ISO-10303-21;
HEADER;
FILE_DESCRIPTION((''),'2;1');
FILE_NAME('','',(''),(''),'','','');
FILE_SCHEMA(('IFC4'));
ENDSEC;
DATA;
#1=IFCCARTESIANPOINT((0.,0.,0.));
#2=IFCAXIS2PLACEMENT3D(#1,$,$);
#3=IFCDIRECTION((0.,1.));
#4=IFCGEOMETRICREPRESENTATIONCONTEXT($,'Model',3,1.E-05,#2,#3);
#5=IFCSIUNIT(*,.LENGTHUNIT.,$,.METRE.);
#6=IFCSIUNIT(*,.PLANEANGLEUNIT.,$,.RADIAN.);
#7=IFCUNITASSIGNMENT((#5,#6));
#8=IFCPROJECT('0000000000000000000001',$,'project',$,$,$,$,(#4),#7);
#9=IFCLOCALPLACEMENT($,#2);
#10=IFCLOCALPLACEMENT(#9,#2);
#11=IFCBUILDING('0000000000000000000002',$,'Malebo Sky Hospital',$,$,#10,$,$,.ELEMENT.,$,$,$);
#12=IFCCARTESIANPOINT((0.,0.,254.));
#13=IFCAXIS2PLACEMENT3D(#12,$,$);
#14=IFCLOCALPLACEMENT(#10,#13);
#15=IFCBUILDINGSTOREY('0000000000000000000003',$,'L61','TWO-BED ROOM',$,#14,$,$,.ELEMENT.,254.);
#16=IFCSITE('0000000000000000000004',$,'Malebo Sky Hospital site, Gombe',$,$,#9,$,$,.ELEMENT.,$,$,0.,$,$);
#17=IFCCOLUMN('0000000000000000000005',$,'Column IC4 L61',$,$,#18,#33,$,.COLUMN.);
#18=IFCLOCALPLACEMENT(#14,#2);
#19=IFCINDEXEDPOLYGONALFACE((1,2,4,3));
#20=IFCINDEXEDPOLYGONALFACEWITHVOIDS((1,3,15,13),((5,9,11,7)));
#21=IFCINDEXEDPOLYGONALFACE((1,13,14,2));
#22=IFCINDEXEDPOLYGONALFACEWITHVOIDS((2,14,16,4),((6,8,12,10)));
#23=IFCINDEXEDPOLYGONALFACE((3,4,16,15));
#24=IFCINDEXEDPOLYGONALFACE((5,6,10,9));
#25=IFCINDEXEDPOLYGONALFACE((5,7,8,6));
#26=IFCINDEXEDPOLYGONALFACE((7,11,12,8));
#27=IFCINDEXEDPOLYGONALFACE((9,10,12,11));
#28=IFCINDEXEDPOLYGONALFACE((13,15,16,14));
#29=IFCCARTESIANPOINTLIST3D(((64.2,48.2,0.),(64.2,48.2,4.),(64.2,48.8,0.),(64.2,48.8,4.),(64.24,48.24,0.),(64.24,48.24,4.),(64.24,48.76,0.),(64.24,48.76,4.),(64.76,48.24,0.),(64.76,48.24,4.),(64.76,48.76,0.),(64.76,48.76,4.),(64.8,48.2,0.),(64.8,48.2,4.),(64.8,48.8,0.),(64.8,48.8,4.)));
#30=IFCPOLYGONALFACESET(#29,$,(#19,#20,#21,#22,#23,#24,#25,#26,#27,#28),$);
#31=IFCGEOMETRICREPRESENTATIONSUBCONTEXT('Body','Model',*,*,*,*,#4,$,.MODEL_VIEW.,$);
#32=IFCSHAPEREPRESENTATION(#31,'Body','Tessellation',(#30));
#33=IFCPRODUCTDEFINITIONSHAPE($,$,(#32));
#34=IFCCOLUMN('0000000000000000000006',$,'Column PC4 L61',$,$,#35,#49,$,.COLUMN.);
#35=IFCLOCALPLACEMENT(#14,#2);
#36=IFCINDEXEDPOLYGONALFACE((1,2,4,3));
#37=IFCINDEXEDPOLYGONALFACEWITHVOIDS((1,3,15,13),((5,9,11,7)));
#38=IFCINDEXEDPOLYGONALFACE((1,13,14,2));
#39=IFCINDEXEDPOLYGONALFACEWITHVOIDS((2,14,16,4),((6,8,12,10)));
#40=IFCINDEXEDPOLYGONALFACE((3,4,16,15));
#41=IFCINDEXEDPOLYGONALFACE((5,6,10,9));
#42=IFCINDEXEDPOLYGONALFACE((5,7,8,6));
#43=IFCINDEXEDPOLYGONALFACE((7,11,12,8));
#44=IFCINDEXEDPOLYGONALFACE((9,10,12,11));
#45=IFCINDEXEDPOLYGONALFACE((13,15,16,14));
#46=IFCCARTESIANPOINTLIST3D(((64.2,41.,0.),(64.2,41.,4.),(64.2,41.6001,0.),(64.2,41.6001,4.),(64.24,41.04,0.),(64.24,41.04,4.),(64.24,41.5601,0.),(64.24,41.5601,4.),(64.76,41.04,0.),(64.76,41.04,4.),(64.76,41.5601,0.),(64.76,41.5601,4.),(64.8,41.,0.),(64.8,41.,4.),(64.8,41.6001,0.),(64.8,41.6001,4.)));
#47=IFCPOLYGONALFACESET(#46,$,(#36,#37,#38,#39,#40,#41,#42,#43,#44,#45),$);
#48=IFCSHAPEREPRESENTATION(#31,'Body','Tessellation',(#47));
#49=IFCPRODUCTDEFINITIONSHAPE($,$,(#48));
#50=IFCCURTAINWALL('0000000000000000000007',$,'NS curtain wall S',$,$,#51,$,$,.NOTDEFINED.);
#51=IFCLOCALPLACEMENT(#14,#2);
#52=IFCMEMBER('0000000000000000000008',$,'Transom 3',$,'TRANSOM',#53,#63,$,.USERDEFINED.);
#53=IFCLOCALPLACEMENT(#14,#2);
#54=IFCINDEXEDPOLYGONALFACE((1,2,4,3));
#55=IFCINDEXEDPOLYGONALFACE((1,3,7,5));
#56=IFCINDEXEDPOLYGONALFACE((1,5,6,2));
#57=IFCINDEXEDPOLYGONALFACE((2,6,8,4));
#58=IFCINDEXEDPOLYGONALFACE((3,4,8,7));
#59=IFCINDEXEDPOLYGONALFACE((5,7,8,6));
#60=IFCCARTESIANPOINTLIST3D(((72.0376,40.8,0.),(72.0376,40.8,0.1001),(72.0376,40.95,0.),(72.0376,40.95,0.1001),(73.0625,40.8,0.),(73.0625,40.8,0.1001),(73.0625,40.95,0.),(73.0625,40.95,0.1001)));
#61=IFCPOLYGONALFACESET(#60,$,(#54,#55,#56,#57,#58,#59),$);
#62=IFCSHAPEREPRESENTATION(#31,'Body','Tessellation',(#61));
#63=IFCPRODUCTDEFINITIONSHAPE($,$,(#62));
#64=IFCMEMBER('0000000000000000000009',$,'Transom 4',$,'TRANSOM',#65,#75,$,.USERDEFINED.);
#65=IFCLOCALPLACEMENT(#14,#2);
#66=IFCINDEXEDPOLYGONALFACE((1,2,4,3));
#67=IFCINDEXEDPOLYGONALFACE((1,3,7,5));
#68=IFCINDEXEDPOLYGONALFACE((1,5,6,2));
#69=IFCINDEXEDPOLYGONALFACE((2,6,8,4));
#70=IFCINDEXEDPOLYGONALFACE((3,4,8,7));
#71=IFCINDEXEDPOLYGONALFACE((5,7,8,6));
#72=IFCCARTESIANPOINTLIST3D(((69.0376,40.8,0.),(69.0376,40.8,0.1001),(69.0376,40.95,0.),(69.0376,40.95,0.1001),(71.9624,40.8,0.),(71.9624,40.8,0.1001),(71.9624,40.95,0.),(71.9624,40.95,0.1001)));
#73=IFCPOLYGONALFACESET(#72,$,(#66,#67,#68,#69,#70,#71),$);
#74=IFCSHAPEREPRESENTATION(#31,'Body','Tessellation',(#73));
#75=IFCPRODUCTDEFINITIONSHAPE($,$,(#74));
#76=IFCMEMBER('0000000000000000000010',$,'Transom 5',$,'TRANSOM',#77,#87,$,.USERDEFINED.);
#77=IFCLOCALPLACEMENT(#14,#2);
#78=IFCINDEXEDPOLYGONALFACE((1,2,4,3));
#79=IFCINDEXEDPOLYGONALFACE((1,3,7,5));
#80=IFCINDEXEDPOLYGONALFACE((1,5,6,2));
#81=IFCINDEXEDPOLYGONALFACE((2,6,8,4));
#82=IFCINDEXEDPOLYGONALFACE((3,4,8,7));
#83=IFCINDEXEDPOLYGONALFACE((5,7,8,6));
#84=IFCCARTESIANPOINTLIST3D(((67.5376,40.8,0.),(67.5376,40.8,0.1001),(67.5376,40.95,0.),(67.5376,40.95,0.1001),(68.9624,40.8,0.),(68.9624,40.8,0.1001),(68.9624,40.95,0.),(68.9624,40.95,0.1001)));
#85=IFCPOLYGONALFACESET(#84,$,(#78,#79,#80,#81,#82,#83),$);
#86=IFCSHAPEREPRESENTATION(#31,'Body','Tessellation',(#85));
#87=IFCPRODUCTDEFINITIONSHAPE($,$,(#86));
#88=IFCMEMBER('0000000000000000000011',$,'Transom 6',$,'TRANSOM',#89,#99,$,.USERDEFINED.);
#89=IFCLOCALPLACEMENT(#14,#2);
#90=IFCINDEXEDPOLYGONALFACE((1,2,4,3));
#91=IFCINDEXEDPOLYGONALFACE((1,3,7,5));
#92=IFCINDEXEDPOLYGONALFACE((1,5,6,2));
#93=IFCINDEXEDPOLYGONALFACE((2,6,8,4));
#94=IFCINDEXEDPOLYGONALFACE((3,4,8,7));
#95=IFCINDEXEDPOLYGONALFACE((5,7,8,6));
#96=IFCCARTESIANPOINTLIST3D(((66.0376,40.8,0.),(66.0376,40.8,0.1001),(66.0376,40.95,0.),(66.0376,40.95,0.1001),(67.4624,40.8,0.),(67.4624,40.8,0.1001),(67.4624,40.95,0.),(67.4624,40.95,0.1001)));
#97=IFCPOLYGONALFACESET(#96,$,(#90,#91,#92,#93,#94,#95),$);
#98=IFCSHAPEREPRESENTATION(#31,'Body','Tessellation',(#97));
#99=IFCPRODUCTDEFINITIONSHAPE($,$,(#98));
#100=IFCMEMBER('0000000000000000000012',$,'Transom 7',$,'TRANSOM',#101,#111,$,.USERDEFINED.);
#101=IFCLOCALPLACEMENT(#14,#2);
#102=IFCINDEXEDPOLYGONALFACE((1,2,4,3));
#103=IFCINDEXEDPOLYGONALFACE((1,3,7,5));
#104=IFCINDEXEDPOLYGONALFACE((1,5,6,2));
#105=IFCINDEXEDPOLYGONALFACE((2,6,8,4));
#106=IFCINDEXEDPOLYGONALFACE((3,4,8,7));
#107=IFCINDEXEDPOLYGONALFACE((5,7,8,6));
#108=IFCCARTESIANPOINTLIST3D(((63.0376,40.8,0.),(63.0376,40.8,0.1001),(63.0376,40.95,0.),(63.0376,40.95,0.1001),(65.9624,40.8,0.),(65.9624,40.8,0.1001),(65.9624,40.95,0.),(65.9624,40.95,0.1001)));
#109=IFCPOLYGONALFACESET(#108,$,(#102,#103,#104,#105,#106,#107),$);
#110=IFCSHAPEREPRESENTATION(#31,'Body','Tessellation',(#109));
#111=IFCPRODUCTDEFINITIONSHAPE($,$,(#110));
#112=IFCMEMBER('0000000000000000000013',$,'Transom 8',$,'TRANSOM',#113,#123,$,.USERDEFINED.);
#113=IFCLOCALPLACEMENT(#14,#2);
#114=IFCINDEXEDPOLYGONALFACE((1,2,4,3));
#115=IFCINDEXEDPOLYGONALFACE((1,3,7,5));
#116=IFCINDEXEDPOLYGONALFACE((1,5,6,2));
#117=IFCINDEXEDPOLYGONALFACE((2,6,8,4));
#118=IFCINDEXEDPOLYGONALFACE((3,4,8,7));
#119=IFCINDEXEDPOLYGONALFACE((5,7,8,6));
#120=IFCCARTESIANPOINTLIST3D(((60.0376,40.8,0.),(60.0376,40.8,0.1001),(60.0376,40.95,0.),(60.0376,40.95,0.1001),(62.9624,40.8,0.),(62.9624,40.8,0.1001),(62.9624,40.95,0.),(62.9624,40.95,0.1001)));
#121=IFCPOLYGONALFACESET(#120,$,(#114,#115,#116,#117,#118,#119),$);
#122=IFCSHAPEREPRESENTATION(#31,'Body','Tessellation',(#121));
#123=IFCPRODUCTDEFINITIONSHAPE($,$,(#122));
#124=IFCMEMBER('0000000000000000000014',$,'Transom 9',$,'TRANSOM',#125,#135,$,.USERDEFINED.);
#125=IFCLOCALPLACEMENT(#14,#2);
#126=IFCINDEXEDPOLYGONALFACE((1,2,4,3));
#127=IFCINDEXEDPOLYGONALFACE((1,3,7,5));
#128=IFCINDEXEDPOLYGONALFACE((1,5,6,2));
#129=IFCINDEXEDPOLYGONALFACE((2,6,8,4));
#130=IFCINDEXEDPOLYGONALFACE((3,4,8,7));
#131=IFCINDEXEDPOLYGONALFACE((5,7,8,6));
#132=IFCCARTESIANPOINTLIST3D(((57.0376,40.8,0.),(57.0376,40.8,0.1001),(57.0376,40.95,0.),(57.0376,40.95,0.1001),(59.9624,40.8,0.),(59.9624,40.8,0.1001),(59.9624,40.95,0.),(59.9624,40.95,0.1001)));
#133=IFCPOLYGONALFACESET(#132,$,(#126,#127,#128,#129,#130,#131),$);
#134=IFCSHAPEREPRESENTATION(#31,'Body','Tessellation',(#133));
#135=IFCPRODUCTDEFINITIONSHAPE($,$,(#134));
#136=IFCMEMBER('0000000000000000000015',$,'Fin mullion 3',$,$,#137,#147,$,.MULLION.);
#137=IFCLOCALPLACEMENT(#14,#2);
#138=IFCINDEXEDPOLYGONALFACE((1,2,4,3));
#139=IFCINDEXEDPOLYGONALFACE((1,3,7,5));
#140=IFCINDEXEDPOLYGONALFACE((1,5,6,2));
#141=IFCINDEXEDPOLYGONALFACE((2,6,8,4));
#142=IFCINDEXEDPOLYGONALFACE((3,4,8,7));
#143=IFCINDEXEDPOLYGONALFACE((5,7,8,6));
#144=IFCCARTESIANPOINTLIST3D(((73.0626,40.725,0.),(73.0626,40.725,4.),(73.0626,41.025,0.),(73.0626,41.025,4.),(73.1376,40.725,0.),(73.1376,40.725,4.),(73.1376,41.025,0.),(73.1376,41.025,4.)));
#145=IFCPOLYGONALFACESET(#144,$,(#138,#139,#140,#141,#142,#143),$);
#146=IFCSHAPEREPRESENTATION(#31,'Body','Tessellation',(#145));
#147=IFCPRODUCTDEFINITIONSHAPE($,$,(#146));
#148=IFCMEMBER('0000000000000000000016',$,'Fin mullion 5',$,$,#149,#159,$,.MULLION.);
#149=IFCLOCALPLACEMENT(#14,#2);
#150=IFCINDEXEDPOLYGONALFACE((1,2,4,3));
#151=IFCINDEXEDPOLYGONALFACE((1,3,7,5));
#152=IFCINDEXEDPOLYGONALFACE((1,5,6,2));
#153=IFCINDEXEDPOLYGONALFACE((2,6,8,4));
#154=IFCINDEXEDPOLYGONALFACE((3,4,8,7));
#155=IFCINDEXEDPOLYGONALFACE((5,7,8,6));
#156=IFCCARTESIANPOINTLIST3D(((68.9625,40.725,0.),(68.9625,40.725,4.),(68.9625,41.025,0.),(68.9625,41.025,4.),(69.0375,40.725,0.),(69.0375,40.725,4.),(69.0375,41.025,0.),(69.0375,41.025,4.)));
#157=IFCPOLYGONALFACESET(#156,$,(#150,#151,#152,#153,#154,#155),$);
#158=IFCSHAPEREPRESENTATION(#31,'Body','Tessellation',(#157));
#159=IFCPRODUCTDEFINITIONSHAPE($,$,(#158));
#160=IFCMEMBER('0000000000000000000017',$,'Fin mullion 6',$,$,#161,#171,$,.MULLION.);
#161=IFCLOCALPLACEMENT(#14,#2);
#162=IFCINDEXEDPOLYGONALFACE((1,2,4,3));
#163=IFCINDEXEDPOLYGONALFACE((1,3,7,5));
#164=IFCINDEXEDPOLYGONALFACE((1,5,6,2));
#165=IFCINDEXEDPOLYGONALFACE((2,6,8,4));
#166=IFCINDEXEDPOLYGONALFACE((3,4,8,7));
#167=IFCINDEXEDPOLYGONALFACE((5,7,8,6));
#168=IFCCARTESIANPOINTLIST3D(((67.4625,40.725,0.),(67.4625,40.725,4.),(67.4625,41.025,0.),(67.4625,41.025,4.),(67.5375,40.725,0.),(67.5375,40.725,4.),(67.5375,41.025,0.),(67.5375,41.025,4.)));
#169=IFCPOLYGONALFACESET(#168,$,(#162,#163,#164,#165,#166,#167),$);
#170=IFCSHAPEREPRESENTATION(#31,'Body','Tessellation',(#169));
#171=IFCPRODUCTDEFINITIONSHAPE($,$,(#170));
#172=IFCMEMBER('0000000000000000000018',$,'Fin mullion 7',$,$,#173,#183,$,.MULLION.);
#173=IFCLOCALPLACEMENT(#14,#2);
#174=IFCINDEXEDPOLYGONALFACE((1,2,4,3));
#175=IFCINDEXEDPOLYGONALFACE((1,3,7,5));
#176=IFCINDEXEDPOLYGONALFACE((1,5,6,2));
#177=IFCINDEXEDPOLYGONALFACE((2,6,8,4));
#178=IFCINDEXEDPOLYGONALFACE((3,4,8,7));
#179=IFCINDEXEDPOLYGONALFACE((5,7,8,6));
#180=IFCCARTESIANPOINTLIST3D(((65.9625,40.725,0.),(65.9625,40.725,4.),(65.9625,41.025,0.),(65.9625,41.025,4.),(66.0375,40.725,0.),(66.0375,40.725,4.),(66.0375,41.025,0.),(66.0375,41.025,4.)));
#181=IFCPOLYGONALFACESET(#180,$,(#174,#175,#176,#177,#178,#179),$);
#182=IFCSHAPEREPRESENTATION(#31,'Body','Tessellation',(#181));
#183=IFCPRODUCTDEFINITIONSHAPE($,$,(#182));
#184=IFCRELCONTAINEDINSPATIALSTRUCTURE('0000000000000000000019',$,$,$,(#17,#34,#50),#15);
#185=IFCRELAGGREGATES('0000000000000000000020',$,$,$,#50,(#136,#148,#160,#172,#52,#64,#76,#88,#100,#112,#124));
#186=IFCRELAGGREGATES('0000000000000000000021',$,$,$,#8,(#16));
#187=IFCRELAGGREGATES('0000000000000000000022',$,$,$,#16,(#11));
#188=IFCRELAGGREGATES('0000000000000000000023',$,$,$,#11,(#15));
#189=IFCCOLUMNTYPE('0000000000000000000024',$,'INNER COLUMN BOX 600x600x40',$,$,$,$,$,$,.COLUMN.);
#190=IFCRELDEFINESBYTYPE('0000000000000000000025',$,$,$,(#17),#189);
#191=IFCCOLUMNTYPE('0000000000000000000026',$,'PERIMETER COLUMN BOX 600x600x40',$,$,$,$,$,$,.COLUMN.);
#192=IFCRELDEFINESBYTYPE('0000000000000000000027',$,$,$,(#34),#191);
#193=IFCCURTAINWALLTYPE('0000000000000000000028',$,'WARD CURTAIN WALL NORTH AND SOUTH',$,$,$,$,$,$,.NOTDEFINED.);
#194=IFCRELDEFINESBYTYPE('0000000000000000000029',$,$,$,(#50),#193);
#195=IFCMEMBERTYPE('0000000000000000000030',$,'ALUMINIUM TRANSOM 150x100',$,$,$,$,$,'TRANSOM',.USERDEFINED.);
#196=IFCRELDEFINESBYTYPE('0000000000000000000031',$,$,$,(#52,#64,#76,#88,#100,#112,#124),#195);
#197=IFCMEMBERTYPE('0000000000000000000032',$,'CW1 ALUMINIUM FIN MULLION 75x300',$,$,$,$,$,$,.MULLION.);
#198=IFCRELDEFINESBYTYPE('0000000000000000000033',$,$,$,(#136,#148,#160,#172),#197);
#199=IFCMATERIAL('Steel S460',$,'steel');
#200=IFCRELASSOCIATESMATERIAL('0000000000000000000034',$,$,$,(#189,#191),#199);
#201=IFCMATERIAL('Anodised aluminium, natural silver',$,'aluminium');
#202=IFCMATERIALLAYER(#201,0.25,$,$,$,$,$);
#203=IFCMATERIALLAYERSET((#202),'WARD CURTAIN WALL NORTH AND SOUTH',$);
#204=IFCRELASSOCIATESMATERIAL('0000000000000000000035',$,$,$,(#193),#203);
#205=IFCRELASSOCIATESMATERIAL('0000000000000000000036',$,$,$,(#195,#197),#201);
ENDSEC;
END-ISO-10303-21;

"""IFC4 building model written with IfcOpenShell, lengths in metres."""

from ifc_helpers import new_model, si_unit, direction, frame, origin, origin_2d, place, context, subcontext, project, spatial, rectangle, hollow_rectangle, extrude, material, layer, layer_set, material_profile, profile_set, type_object, element, aggregate, save


model = new_model("IFC4")

# Units and contexts
model_context = context("Model", 3, precision=1e-05, world=origin(), true_north=direction((0.0, 1.0)))
body_context = subcontext(model_context, "Body", "Model", "MODEL_VIEW")
ifc_project = project(units=[si_unit("LENGTHUNIT", "METRE"), si_unit("PLANEANGLEUNIT", "RADIAN")], contexts=[model_context])

# Site, building, storey
site_placement = place(None, origin())
site = spatial("IfcSite", under=ifc_project, at=site_placement, Name="Malebo Sky Hospital site, Gombe", CompositionType="ELEMENT", RefElevation=0.0)
building_placement = place(site_placement, origin())
building = spatial("IfcBuilding", under=site, at=building_placement, Name="Malebo Sky Hospital", CompositionType="ELEMENT")
storey_placement = place(building_placement, frame((0.0, 0.0, 254.0)))
storey = spatial("IfcBuildingStorey", under=building, at=storey_placement, Name="L61", Description="TWO-BED ROOM", CompositionType="ELEMENT", Elevation=254.0)

# Columns
ifc_material_1 = material(Name="Steel S460", Category="steel")
ifc_material_profile_1 = material_profile(ifc_material_1, hollow_rectangle(XDim=0.6001, YDim=0.6001, WallThickness=0.04, at=origin_2d()), Name="BOX 600x600x40")
ifc_profile_set_1 = profile_set([ifc_material_profile_1], Name="Steel S460")
column_type_1 = type_object("IfcColumnType", Name="INNER COLUMN BOX 600x600x40", PredefinedType="COLUMN", material=ifc_profile_set_1)
column_1_placement = place(storey_placement, frame((64.5, 48.5, 0.0), z_axis=(0.0, 0.0, 1.0), x_axis=(1.0, 0.0, 0.0)))
element("IfcColumn", 1, at=column_1_placement, inside=storey, type_object=column_type_1, Name="Column IC4 L61", PredefinedType="COLUMN", context=body_context, shape_type="SweptSolid", body=[
    extrude(hollow_rectangle(XDim=0.6001, YDim=0.6001, WallThickness=0.04, at=origin_2d()), origin(), (0.0, 0.0, 1.0), 4.0),
])
ifc_material_profile_2 = material_profile(ifc_material_1, hollow_rectangle(XDim=0.6001, YDim=0.6001, WallThickness=0.04, at=origin_2d()), Name="BOX 600x600x40")
ifc_profile_set_2 = profile_set([ifc_material_profile_2], Name="Steel S460")
column_type_2 = type_object("IfcColumnType", Name="PERIMETER COLUMN BOX 600x600x40", PredefinedType="COLUMN", material=ifc_profile_set_2)
column_2_placement = place(storey_placement, frame((64.5, 41.3, 0.0), z_axis=(0.0, 0.0, 1.0), x_axis=(1.0, 0.0, 0.0)))
element("IfcColumn", 2, at=column_2_placement, inside=storey, type_object=column_type_2, Name="Column PC4 L61", PredefinedType="COLUMN", context=body_context, shape_type="SweptSolid", body=[
    extrude(hollow_rectangle(XDim=0.6001, YDim=0.6001, WallThickness=0.04, at=origin_2d()), origin(), (0.0, 0.0, 1.0), 4.0),
])

# Curtain wall, members
ifc_material_2 = material(Name="Anodised aluminium, natural silver", Category="aluminium")
ifc_layer_1 = layer(ifc_material_2, 0.25)
ifc_layer_set_1 = layer_set([ifc_layer_1], Name="WARD CURTAIN WALL NORTH AND SOUTH")
curtain_wall_type = type_object("IfcCurtainWallType", Name="WARD CURTAIN WALL NORTH AND SOUTH", PredefinedType="NOTDEFINED", material=ifc_layer_set_1)
curtain_wall_placement = place(storey_placement, origin())
curtain_wall = element("IfcCurtainWall", 3, at=curtain_wall_placement, inside=storey, type_object=curtain_wall_type, Name="NS curtain wall S", PredefinedType="NOTDEFINED")
ifc_material_profile_3 = material_profile(ifc_material_2, rectangle(XDim=0.1499, YDim=0.1001, at=origin_2d()), Name="ALUMINIUM TRANSOM 150x100")
ifc_profile_set_3 = profile_set([ifc_material_profile_3], Name="Anodised aluminium, natural silver")
member_type_1 = type_object("IfcMemberType", Name="ALUMINIUM TRANSOM 150x100", ElementType="TRANSOM", PredefinedType="USERDEFINED", material=ifc_profile_set_3)
member_1_placement = place(storey_placement, frame((73.0625, 40.875, 0.05), z_axis=(-1.0, 0.0, 0.0), x_axis=(0.0, -1.0, 0.0)))
member_1 = element("IfcMember", 4, at=member_1_placement, type_object=member_type_1, Name="Transom 3", ObjectType="TRANSOM", PredefinedType="USERDEFINED", context=body_context, shape_type="SweptSolid", body=[
    extrude(rectangle(XDim=0.1499, YDim=0.1001, at=origin_2d()), origin(), (0.0, 0.0, 1.0), 1.0249),
])
member_2_placement = place(storey_placement, frame((71.9624, 40.875, 0.05), z_axis=(-1.0, 0.0, 0.0), x_axis=(0.0, -1.0, 0.0)))
member_2 = element("IfcMember", 5, at=member_2_placement, type_object=member_type_1, Name="Transom 4", ObjectType="TRANSOM", PredefinedType="USERDEFINED", context=body_context, shape_type="SweptSolid", body=[
    extrude(rectangle(XDim=0.1499, YDim=0.1001, at=origin_2d()), origin(), (0.0, 0.0, 1.0), 2.9248),
])
member_3_placement = place(storey_placement, frame((68.9624, 40.875, 0.05), z_axis=(-1.0, 0.0, 0.0), x_axis=(0.0, -1.0, 0.0)))
member_3 = element("IfcMember", 6, at=member_3_placement, type_object=member_type_1, Name="Transom 5", ObjectType="TRANSOM", PredefinedType="USERDEFINED", context=body_context, shape_type="SweptSolid", body=[
    extrude(rectangle(XDim=0.1499, YDim=0.1001, at=origin_2d()), origin(), (0.0, 0.0, 1.0), 1.4248),
])
member_4_placement = place(storey_placement, frame((67.4624, 40.875, 0.05), z_axis=(-1.0, 0.0, 0.0), x_axis=(0.0, -1.0, 0.0)))
member_4 = element("IfcMember", 7, at=member_4_placement, type_object=member_type_1, Name="Transom 6", ObjectType="TRANSOM", PredefinedType="USERDEFINED", context=body_context, shape_type="SweptSolid", body=[
    extrude(rectangle(XDim=0.1499, YDim=0.1001, at=origin_2d()), origin(), (0.0, 0.0, 1.0), 1.4248),
])
member_5_placement = place(storey_placement, frame((65.9624, 40.875, 0.05), z_axis=(-1.0, 0.0, 0.0), x_axis=(0.0, -1.0, 0.0)))
member_5 = element("IfcMember", 8, at=member_5_placement, type_object=member_type_1, Name="Transom 7", ObjectType="TRANSOM", PredefinedType="USERDEFINED", context=body_context, shape_type="SweptSolid", body=[
    extrude(rectangle(XDim=0.1499, YDim=0.1001, at=origin_2d()), origin(), (0.0, 0.0, 1.0), 2.9248),
])
member_6_placement = place(storey_placement, frame((62.9624, 40.875, 0.05), z_axis=(-1.0, 0.0, 0.0), x_axis=(0.0, -1.0, 0.0)))
member_6 = element("IfcMember", 9, at=member_6_placement, type_object=member_type_1, Name="Transom 8", ObjectType="TRANSOM", PredefinedType="USERDEFINED", context=body_context, shape_type="SweptSolid", body=[
    extrude(rectangle(XDim=0.1499, YDim=0.1001, at=origin_2d()), origin(), (0.0, 0.0, 1.0), 2.9248),
])
member_7_placement = place(storey_placement, frame((59.9624, 40.875, 0.05), z_axis=(-1.0, 0.0, 0.0), x_axis=(0.0, -1.0, 0.0)))
member_7 = element("IfcMember", 10, at=member_7_placement, type_object=member_type_1, Name="Transom 9", ObjectType="TRANSOM", PredefinedType="USERDEFINED", context=body_context, shape_type="SweptSolid", body=[
    extrude(rectangle(XDim=0.1499, YDim=0.1001, at=origin_2d()), origin(), (0.0, 0.0, 1.0), 2.9248),
])
ifc_material_profile_4 = material_profile(ifc_material_2, rectangle(XDim=0.075, YDim=0.3, at=origin_2d()), Name="CW1 ALUMINIUM FIN MULLION 75x300")
ifc_profile_set_4 = profile_set([ifc_material_profile_4], Name="Anodised aluminium, natural silver")
member_type_2 = type_object("IfcMemberType", Name="CW1 ALUMINIUM FIN MULLION 75x300", PredefinedType="MULLION", material=ifc_profile_set_4)
member_8_placement = place(storey_placement, frame((73.1001, 40.875, 0.0), z_axis=(0.0, 0.0, 1.0), x_axis=(-1.0, 0.0, 0.0)))
member_8 = element("IfcMember", 11, at=member_8_placement, type_object=member_type_2, Name="Fin mullion 3", PredefinedType="MULLION", context=body_context, shape_type="SweptSolid", body=[
    extrude(rectangle(XDim=0.075, YDim=0.3, at=origin_2d()), origin(), (0.0, 0.0, 1.0), 4.0),
])
member_9_placement = place(storey_placement, frame((69.0, 40.875, 0.0), z_axis=(0.0, 0.0, 1.0), x_axis=(-1.0, 0.0, 0.0)))
member_9 = element("IfcMember", 12, at=member_9_placement, type_object=member_type_2, Name="Fin mullion 5", PredefinedType="MULLION", context=body_context, shape_type="SweptSolid", body=[
    extrude(rectangle(XDim=0.075, YDim=0.3, at=origin_2d()), origin(), (0.0, 0.0, 1.0), 4.0),
])
member_10_placement = place(storey_placement, frame((67.5, 40.875, 0.0), z_axis=(0.0, 0.0, 1.0), x_axis=(-1.0, 0.0, 0.0)))
member_10 = element("IfcMember", 13, at=member_10_placement, type_object=member_type_2, Name="Fin mullion 6", PredefinedType="MULLION", context=body_context, shape_type="SweptSolid", body=[
    extrude(rectangle(XDim=0.075, YDim=0.3, at=origin_2d()), origin(), (0.0, 0.0, 1.0), 4.0),
])
member_11_placement = place(storey_placement, frame((66.0, 40.875, 0.0), z_axis=(0.0, 0.0, 1.0), x_axis=(-1.0, 0.0, 0.0)))
member_11 = element("IfcMember", 14, at=member_11_placement, type_object=member_type_2, Name="Fin mullion 7", PredefinedType="MULLION", context=body_context, shape_type="SweptSolid", body=[
    extrude(rectangle(XDim=0.075, YDim=0.3, at=origin_2d()), origin(), (0.0, 0.0, 1.0), 4.0),
])

aggregate(curtain_wall, [member_8, member_9, member_10, member_11, member_1, member_2, member_3, member_4, member_5, member_6, member_7])

save(model, "model.ifc")
